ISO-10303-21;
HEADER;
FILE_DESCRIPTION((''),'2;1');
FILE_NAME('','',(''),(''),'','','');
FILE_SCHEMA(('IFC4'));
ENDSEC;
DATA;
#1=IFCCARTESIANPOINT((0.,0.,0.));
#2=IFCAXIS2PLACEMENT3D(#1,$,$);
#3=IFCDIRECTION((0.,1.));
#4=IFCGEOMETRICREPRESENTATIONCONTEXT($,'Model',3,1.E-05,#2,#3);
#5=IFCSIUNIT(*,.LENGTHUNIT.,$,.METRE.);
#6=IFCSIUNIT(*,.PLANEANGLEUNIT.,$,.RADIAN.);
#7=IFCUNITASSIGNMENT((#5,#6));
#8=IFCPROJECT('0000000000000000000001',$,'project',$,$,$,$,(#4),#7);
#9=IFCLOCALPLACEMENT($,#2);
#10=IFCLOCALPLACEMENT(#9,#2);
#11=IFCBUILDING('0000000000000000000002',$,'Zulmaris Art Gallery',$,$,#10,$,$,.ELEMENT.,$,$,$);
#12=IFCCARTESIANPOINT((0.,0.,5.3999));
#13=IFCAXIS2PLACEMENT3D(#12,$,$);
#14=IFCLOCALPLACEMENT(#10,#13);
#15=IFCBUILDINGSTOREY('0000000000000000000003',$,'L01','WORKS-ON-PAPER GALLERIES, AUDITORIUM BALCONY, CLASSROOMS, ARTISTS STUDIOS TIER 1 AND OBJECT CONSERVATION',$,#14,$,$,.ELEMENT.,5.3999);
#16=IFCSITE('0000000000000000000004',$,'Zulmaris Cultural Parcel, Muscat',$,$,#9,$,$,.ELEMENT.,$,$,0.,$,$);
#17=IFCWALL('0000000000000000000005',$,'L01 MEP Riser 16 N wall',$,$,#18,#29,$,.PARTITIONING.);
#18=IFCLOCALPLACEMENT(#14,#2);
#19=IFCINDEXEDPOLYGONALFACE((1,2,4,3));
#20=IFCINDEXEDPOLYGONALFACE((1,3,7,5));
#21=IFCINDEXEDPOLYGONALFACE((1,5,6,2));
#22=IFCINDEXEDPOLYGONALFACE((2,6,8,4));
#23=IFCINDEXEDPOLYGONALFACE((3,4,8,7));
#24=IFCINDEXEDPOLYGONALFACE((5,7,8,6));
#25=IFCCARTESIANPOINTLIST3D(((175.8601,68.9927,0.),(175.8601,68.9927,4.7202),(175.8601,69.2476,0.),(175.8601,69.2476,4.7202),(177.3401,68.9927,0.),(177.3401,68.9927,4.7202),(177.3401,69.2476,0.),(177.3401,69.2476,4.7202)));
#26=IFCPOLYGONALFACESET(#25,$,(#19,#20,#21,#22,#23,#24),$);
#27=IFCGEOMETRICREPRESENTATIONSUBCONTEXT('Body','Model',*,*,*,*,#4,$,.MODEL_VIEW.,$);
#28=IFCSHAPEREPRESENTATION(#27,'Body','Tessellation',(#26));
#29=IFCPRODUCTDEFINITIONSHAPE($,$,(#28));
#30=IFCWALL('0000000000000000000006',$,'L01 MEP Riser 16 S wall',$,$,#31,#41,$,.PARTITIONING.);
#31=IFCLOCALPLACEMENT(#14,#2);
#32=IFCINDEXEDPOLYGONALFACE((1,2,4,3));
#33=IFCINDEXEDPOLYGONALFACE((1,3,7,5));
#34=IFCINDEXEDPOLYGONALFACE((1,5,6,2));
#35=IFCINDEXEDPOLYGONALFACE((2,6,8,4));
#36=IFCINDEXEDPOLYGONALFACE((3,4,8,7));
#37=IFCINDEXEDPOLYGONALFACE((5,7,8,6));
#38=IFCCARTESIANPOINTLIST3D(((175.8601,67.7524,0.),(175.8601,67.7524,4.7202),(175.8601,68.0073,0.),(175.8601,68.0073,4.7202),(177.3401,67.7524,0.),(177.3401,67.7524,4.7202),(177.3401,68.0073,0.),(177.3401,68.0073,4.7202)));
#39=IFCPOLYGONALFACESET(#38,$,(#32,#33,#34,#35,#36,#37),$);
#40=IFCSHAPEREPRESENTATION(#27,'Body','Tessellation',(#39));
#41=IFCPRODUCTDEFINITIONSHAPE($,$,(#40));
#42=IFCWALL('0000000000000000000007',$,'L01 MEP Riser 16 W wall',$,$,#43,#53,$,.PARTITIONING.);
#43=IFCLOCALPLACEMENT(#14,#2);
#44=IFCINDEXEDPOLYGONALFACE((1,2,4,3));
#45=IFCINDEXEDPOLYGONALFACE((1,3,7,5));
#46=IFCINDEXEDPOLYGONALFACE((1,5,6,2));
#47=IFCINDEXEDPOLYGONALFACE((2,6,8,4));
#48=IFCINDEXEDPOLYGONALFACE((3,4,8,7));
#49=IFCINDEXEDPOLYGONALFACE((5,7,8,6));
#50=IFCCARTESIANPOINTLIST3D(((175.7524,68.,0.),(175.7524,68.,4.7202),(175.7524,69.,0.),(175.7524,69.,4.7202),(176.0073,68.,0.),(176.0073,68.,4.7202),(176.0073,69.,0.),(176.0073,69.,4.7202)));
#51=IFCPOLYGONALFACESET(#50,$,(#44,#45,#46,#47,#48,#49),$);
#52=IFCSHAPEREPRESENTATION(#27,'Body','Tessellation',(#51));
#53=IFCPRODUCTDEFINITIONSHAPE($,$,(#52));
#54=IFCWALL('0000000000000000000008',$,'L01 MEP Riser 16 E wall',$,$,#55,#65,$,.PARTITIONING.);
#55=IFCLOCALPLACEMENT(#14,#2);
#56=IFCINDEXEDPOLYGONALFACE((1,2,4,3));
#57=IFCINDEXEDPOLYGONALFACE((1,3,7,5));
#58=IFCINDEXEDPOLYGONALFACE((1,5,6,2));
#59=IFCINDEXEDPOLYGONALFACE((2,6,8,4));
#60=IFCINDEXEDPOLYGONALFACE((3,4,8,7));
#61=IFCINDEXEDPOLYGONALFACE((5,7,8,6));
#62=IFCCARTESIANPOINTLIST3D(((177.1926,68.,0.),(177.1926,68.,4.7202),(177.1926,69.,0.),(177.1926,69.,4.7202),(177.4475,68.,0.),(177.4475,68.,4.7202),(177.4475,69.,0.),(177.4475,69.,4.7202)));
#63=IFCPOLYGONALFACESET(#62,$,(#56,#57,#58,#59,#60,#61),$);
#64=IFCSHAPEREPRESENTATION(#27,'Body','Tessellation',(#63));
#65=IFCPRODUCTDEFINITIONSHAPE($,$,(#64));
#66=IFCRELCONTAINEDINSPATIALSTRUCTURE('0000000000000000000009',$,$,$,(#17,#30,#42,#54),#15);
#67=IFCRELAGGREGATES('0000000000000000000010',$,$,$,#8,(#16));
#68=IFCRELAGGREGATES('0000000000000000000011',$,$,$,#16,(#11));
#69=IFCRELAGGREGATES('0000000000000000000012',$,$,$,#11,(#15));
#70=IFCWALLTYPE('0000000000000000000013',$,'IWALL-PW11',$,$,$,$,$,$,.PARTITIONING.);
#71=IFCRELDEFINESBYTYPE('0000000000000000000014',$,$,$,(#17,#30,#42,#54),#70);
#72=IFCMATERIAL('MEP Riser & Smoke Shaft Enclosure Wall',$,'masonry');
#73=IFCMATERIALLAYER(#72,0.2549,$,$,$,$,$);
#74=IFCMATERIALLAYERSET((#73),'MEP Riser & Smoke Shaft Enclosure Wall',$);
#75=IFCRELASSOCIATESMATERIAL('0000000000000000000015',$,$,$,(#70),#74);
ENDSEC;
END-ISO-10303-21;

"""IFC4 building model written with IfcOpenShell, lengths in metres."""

from ifc_helpers import new_model, si_unit, direction, frame, frame_2d, origin, place, context, subcontext, project, spatial, rectangle, extrude, material, layer, layer_set, type_object, element, save


model = new_model("IFC4")

# Units and contexts
model_context = context("Model", 3, precision=1e-05, world=origin(), true_north=direction((0.0, 1.0)))
body_context = subcontext(model_context, "Body", "Model", "MODEL_VIEW")
ifc_project = project(units=[si_unit("LENGTHUNIT", "METRE"), si_unit("PLANEANGLEUNIT", "RADIAN")], contexts=[model_context])

# Site, building, storey
site_placement = place(None, origin())
site = spatial("IfcSite", under=ifc_project, at=site_placement, Name="Zulmaris Cultural Parcel, Muscat", CompositionType="ELEMENT", RefElevation=0.0)
building_placement = place(site_placement, origin())
building = spatial("IfcBuilding", under=site, at=building_placement, Name="Zulmaris Art Gallery", CompositionType="ELEMENT")
storey_placement = place(building_placement, frame((0.0, 0.0, 5.3999)))
storey = spatial("IfcBuildingStorey", under=building, at=storey_placement, Name="L01", Description="WORKS-ON-PAPER GALLERIES, AUDITORIUM BALCONY, CLASSROOMS, ARTISTS STUDIOS TIER 1 AND OBJECT CONSERVATION", CompositionType="ELEMENT", Elevation=5.3999)

# Walls
ifc_material_1 = material(Name="MEP Riser & Smoke Shaft Enclosure Wall", Category="masonry")
ifc_layer_1 = layer(ifc_material_1, 0.2549)
ifc_layer_set_1 = layer_set([ifc_layer_1], Name="MEP Riser & Smoke Shaft Enclosure Wall")
wall_type_1 = type_object("IfcWallType", Name="IWALL-PW11", PredefinedType="PARTITIONING", material=ifc_layer_set_1)
for number, where, z_axis, x_axis, name in (
    (1, (175.8601, 69.1201, 0.0), (0.0, 0.0, 1.0), (1.0, 0.0, 0.0), "L01 MEP Riser 16 N wall"),
    (2, (175.8601, 67.8799, 0.0), (0.0, 0.0, 1.0), (1.0, 0.0, 0.0), "L01 MEP Riser 16 S wall"),
):
    element("IfcWall", number, at=place(storey_placement, frame(where, z_axis=z_axis, x_axis=x_axis)), inside=storey, type_object=wall_type_1, Name=name, PredefinedType="PARTITIONING", context=body_context, shape_type="SweptSolid", body=[
        extrude(rectangle(XDim=1.48, YDim=0.2549, at=frame_2d((0.74, 0.0))), origin(), (0.0, 0.0, 1.0), 4.7202),
    ])
for number, where, z_axis, x_axis, name in (
    (3, (175.8799, 68.0, 0.0), (0.0, 0.0, 1.0), (0.0, 1.0, 0.0), "L01 MEP Riser 16 W wall"),
    (4, (177.3201, 68.0, 0.0), (0.0, 0.0, 1.0), (0.0, 1.0, 0.0), "L01 MEP Riser 16 E wall"),
):
    element("IfcWall", number, at=place(storey_placement, frame(where, z_axis=z_axis, x_axis=x_axis)), inside=storey, type_object=wall_type_1, Name=name, PredefinedType="PARTITIONING", context=body_context, shape_type="SweptSolid", body=[
        extrude(rectangle(XDim=1.0, YDim=0.2549, at=frame_2d((0.5, 0.0))), origin(), (0.0, 0.0, 1.0), 4.7202),
    ])

save(model, "model.ifc")
